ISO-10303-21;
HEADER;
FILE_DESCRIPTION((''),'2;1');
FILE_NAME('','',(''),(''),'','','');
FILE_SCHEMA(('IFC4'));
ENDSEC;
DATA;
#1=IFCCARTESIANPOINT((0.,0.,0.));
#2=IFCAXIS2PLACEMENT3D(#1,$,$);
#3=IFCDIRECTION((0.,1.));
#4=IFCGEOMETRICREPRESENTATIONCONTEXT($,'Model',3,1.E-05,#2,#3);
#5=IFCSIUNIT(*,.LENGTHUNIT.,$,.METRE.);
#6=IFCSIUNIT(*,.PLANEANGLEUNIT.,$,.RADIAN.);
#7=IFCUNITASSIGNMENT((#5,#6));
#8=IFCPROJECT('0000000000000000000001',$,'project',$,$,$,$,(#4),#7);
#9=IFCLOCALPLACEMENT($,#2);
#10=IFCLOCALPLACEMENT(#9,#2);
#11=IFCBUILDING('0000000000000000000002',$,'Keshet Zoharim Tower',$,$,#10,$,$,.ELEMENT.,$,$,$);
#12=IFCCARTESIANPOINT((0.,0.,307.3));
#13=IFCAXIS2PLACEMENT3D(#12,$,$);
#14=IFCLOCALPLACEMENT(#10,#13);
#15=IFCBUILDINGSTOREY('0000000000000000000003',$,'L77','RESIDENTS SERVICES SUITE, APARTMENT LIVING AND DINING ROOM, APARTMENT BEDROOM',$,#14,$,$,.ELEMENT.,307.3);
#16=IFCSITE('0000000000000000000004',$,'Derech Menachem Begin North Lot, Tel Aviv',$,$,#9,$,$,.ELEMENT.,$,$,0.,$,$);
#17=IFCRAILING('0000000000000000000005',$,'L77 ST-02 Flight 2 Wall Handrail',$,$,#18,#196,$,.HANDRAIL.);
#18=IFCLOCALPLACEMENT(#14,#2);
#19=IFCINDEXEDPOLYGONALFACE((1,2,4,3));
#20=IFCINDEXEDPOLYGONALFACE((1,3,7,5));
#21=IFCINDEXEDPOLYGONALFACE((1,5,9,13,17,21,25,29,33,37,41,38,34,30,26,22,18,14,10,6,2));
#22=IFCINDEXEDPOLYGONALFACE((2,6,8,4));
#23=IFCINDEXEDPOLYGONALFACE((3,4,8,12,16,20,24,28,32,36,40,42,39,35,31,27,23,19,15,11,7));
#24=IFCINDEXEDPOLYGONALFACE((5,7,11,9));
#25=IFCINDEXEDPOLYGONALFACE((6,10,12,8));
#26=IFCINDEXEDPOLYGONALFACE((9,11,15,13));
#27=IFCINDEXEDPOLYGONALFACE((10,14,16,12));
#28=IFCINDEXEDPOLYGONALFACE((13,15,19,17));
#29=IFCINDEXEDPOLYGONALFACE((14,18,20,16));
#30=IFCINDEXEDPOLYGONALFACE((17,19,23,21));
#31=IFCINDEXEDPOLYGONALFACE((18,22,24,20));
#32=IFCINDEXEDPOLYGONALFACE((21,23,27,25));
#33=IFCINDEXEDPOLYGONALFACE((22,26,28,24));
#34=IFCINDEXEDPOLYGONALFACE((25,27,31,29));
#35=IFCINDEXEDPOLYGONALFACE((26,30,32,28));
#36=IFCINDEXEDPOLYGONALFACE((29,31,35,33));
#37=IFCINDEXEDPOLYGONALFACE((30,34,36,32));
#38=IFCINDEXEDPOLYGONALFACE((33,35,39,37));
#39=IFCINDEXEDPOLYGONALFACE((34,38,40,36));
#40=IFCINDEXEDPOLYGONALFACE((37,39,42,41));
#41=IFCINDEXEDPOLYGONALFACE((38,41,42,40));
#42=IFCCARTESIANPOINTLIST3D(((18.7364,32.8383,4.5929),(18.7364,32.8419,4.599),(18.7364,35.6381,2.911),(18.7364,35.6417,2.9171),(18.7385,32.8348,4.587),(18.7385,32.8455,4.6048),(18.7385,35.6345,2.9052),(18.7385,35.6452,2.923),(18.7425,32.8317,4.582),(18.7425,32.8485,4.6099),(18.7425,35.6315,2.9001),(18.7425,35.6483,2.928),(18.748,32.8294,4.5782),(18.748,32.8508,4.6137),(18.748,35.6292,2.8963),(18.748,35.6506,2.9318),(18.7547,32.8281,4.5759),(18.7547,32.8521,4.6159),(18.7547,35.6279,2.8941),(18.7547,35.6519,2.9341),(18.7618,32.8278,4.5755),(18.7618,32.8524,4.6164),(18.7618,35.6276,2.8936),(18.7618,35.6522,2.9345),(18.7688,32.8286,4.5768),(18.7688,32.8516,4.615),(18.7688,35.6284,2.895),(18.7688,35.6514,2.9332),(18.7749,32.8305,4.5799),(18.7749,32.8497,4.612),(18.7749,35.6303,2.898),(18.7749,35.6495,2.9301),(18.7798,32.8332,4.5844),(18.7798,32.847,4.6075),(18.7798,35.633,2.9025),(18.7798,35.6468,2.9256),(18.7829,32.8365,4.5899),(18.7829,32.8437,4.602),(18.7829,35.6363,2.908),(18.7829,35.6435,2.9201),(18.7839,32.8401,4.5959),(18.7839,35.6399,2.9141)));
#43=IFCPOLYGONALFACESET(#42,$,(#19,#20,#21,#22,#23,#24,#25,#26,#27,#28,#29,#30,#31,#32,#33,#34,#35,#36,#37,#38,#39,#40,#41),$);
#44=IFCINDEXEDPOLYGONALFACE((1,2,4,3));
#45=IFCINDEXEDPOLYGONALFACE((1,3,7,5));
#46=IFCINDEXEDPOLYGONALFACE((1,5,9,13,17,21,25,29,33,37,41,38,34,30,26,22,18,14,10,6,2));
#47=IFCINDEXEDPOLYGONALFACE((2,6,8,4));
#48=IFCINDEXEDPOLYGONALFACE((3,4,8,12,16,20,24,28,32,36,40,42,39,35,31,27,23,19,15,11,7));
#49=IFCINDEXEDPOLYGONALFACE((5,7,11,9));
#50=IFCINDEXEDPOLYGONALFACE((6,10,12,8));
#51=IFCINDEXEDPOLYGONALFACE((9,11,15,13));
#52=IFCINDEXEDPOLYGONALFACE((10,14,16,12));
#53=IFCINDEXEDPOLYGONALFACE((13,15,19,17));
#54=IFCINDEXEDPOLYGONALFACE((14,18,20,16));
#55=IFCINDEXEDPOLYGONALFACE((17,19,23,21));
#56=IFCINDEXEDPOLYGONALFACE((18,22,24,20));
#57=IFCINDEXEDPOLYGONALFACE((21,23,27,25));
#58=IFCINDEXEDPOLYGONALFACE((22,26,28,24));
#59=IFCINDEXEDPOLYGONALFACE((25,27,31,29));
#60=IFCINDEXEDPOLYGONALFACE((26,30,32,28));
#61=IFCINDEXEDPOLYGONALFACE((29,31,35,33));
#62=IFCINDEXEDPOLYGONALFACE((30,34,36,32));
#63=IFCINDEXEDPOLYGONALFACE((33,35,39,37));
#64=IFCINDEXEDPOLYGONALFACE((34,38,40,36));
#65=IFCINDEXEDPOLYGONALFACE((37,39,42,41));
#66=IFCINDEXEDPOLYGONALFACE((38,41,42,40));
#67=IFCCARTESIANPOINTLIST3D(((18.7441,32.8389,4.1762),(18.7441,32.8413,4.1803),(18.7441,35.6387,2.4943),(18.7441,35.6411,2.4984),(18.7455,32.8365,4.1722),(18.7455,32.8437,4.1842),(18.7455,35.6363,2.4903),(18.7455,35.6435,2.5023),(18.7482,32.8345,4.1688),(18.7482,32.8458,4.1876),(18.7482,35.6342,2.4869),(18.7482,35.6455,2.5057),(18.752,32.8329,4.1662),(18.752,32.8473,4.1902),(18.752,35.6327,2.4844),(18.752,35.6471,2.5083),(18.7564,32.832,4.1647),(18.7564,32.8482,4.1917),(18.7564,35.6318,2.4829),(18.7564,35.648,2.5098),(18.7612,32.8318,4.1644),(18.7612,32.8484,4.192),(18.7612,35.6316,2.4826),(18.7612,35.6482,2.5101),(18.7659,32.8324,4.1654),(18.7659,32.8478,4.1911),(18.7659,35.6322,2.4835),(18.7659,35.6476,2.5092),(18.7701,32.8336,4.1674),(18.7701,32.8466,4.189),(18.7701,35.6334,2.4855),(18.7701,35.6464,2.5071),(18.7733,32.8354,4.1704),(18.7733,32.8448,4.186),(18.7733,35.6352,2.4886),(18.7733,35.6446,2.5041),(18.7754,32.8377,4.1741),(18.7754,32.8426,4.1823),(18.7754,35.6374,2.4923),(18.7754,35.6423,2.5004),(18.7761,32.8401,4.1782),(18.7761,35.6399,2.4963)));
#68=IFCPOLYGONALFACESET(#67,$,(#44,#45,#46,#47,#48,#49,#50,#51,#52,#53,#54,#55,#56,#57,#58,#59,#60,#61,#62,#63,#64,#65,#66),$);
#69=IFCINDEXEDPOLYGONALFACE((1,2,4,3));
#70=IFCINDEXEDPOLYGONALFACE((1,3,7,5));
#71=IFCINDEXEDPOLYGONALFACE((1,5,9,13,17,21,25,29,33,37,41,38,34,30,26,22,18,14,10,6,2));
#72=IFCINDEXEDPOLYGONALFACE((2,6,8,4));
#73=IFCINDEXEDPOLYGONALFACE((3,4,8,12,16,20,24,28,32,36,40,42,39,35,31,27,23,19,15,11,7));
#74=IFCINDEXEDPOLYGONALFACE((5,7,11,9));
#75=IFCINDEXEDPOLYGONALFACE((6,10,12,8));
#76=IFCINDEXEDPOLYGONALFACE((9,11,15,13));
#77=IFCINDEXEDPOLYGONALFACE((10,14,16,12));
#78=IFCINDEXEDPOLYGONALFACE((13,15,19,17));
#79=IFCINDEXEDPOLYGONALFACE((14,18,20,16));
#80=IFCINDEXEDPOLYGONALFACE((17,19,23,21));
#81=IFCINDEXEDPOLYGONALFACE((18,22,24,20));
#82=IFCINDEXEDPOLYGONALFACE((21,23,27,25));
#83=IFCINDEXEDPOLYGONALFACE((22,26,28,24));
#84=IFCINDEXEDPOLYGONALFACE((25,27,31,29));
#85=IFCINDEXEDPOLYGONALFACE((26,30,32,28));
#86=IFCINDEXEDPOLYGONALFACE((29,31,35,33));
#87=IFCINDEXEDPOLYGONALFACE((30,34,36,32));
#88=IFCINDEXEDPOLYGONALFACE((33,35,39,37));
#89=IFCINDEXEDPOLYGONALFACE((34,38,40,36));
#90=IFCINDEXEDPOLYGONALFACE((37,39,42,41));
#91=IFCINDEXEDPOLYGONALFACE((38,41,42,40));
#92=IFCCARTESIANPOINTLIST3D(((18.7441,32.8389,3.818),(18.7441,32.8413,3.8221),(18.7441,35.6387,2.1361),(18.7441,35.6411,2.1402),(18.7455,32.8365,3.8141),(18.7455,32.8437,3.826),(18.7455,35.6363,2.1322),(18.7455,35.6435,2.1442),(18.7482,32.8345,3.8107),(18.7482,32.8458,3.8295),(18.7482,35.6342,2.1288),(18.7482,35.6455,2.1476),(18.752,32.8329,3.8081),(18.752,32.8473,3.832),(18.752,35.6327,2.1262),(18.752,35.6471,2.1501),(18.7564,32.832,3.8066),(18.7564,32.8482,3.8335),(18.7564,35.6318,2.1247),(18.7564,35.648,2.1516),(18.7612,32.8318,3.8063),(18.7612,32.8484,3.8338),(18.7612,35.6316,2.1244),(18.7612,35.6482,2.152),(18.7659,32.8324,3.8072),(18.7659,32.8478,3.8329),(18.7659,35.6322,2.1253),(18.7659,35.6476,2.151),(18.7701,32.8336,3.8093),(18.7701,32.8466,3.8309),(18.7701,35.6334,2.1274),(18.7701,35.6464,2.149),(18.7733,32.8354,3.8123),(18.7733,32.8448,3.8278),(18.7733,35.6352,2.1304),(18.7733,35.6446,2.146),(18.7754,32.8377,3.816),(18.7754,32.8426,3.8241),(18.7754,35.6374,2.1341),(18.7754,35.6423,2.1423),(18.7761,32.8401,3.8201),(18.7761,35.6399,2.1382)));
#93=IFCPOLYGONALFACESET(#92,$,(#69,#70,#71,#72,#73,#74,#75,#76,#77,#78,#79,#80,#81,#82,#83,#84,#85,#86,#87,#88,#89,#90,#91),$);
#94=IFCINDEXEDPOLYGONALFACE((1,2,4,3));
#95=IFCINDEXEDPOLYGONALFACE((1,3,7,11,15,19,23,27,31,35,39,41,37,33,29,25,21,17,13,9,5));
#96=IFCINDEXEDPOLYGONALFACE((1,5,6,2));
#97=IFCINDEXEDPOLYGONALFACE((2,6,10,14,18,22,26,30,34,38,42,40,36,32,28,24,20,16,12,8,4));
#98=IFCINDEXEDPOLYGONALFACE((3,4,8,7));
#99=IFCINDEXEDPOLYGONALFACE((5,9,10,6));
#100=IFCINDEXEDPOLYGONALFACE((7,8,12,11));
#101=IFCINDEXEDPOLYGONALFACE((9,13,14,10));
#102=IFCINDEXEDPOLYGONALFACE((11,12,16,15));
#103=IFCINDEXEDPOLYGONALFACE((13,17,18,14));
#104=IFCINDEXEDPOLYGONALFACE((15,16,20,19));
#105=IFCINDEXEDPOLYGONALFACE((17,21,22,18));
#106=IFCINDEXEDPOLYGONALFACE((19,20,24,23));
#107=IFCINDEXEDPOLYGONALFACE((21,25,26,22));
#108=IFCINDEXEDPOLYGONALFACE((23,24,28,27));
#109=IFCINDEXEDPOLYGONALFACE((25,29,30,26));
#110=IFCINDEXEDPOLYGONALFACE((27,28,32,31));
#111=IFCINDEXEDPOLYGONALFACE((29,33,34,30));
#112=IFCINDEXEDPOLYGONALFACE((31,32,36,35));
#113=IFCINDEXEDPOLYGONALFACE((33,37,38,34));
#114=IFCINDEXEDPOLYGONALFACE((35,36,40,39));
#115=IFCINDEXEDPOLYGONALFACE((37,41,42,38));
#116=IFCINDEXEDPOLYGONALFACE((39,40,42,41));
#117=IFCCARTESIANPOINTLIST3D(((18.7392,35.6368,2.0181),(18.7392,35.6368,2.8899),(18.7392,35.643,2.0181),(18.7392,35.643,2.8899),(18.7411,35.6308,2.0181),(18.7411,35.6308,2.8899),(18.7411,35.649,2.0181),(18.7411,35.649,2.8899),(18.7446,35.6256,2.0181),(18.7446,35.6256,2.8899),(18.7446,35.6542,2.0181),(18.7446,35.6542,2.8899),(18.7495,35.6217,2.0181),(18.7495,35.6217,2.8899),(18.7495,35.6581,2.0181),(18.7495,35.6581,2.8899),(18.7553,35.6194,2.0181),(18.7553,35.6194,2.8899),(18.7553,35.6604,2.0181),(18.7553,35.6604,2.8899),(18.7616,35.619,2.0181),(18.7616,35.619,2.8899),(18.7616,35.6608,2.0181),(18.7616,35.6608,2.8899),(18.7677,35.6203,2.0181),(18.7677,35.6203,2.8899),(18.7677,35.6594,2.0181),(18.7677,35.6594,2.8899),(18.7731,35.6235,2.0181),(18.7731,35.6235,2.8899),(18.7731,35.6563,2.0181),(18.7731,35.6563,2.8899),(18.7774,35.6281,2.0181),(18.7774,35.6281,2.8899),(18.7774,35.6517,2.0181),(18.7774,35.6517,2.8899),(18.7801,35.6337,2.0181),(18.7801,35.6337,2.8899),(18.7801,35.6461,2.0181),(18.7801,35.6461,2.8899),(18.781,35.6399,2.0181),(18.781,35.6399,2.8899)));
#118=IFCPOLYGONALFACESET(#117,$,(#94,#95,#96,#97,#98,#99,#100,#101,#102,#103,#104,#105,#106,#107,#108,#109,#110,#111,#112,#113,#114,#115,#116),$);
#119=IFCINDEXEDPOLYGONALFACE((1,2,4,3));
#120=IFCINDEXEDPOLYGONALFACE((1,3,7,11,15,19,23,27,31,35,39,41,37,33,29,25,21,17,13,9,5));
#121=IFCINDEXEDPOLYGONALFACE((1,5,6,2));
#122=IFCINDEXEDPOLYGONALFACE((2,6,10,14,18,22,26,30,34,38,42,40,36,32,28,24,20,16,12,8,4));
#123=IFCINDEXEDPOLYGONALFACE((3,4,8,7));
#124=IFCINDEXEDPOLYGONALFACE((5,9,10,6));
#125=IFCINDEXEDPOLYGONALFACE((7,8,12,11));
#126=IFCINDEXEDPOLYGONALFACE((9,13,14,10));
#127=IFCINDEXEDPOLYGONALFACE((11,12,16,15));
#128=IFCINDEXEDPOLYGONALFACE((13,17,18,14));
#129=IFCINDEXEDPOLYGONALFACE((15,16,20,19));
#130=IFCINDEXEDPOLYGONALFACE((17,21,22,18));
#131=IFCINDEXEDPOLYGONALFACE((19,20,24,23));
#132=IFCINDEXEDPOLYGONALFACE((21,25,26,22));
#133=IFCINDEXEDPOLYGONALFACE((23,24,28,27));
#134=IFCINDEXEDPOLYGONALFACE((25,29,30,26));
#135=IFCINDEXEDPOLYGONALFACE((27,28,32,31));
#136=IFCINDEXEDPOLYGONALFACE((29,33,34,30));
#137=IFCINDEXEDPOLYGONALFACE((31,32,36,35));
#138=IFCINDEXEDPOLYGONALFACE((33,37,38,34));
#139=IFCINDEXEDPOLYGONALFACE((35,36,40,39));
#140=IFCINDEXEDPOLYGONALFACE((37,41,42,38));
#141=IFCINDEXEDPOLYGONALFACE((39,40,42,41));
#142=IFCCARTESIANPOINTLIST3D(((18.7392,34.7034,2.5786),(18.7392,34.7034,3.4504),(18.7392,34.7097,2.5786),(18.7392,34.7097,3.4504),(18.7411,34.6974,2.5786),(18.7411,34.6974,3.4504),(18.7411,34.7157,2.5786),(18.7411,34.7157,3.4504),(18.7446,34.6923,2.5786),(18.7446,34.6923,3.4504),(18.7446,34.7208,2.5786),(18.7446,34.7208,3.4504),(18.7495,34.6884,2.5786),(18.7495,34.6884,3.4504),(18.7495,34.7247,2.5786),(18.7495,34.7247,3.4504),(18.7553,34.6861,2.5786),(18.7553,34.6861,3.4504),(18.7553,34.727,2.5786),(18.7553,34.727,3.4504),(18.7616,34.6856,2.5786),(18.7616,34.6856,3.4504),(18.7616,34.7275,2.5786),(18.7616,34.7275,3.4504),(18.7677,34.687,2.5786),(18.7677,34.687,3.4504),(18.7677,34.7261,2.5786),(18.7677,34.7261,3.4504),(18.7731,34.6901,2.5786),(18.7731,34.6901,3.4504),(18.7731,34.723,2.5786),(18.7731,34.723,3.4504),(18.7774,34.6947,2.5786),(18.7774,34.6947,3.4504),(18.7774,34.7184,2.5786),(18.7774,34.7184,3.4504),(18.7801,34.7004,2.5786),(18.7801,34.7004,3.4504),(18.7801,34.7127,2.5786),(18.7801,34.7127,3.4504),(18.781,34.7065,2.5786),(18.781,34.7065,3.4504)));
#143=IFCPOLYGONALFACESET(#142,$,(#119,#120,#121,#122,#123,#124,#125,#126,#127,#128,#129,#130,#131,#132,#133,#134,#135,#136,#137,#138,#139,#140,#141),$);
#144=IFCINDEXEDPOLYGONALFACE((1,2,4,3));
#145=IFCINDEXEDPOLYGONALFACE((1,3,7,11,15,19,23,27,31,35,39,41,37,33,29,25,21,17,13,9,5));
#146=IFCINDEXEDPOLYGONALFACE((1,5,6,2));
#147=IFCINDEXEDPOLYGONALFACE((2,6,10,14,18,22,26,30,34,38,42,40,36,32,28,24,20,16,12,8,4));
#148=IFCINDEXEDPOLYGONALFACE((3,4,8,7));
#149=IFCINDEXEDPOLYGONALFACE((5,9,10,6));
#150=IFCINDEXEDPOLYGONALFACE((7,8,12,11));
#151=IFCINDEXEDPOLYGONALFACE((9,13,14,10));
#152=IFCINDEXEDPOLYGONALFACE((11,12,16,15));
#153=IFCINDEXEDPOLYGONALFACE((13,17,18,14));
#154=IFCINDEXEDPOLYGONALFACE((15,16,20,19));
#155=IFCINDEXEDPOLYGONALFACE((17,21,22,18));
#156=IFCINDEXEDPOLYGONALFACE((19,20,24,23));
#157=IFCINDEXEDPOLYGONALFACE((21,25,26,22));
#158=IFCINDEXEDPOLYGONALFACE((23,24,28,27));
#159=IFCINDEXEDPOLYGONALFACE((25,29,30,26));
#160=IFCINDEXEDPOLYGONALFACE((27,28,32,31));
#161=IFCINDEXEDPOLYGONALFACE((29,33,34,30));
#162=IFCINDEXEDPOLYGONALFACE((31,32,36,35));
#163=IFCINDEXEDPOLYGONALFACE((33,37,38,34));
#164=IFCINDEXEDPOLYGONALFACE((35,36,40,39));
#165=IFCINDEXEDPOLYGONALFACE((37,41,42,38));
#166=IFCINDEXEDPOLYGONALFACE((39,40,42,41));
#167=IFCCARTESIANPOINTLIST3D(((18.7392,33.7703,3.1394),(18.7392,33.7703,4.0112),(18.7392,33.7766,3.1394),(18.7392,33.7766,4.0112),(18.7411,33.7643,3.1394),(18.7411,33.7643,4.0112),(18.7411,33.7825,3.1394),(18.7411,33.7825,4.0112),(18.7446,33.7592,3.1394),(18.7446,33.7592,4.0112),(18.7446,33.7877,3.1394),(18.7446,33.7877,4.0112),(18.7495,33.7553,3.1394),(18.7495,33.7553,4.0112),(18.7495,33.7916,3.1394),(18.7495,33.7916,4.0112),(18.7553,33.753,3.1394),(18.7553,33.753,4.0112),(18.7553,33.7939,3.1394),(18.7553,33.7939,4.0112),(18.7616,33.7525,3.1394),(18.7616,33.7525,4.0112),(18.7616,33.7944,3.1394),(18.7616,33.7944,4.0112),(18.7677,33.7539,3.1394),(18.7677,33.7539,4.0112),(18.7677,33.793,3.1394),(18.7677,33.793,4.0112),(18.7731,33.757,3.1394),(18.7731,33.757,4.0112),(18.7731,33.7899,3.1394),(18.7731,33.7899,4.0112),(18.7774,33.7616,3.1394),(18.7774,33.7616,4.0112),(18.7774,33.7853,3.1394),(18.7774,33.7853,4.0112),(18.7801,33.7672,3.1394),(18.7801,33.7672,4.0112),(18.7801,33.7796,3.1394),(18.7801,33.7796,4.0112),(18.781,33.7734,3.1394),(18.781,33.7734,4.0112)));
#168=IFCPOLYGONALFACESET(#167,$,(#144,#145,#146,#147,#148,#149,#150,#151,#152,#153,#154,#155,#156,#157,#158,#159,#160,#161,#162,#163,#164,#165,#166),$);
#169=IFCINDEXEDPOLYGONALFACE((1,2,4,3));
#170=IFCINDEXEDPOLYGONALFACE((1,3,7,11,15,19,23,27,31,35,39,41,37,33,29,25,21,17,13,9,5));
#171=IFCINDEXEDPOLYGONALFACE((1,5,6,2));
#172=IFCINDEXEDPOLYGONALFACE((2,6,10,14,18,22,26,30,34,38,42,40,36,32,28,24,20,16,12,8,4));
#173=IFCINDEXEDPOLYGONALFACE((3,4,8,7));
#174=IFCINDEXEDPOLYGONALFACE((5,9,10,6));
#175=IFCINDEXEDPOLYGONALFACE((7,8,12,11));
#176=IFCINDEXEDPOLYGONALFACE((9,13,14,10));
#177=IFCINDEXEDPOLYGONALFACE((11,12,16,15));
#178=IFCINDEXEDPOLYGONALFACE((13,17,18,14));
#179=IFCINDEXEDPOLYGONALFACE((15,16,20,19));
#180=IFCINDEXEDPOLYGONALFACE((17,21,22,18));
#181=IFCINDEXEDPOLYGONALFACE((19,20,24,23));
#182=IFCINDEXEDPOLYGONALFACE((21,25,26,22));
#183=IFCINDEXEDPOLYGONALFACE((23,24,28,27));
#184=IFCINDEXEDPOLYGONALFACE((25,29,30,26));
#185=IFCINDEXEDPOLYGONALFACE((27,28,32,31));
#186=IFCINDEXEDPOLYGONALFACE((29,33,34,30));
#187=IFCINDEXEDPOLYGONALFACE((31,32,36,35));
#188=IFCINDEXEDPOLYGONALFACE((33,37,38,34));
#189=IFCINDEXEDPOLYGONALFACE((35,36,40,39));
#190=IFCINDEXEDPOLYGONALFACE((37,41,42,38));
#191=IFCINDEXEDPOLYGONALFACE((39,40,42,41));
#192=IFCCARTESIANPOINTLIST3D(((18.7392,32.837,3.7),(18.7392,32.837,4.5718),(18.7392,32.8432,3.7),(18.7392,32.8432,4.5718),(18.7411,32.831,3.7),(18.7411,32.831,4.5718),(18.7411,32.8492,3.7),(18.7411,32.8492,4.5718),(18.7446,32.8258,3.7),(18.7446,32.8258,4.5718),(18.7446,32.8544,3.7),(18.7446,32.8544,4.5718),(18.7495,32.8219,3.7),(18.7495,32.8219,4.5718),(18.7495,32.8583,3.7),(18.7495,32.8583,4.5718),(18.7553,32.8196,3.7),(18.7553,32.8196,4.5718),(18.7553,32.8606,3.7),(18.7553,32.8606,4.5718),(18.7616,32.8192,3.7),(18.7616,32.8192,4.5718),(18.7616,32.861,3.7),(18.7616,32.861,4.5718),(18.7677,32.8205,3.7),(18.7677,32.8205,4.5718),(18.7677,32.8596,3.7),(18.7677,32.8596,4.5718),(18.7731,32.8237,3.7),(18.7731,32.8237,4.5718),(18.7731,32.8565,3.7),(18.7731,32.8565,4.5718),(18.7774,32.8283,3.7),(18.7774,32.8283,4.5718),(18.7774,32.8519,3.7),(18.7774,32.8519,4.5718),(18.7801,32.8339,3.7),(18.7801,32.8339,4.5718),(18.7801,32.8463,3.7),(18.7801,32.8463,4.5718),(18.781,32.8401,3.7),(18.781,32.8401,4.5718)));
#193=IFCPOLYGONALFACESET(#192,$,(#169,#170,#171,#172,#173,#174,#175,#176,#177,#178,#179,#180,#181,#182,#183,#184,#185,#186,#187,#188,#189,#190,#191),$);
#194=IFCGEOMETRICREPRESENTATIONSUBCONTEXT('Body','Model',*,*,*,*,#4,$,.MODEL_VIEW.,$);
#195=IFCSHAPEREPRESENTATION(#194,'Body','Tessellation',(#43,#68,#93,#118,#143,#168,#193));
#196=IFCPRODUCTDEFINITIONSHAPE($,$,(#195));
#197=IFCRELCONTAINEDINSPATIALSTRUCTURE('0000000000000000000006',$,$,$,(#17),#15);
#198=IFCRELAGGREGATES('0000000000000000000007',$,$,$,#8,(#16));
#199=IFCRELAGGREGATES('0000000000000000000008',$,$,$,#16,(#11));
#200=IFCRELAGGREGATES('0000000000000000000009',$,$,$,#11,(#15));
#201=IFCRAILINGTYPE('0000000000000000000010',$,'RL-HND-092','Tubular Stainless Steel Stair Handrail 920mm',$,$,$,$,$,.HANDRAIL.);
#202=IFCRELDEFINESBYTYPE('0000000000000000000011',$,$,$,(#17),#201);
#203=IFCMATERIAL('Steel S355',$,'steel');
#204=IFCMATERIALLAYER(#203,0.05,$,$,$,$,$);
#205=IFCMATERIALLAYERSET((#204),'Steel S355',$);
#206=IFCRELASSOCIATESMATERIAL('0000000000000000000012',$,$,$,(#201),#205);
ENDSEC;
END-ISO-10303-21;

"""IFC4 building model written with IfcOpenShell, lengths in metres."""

from ifc_helpers import new_model, si_unit, direction, frame, origin, origin_2d, place, context, subcontext, project, spatial, circle, extrude, material, layer, layer_set, type_object, element, save


model = new_model("IFC4")

# Units and contexts
model_context = context("Model", 3, precision=1e-05, world=origin(), true_north=direction((0.0, 1.0)))
body_context = subcontext(model_context, "Body", "Model", "MODEL_VIEW")
ifc_project = project(units=[si_unit("LENGTHUNIT", "METRE"), si_unit("PLANEANGLEUNIT", "RADIAN")], contexts=[model_context])

# Site, building, storey
site_placement = place(None, origin())
site = spatial("IfcSite", under=ifc_project, at=site_placement, Name="Derech Menachem Begin North Lot, Tel Aviv", CompositionType="ELEMENT", RefElevation=0.0)
building_placement = place(site_placement, origin())
building = spatial("IfcBuilding", under=site, at=building_placement, Name="Keshet Zoharim Tower", CompositionType="ELEMENT")
storey_placement = place(building_placement, frame((0.0, 0.0, 307.3)))
storey = spatial("IfcBuildingStorey", under=building, at=storey_placement, Name="L77", Description="RESIDENTS SERVICES SUITE, APARTMENT LIVING AND DINING ROOM, APARTMENT BEDROOM", CompositionType="ELEMENT", Elevation=307.3)

# Shared definitions
ifc_material_1 = material(Name="Steel S355", Category="steel")

# Railing
ifc_layer_1 = layer(ifc_material_1, 0.05)
ifc_layer_set_1 = layer_set([ifc_layer_1], Name="Steel S355")
railing_type_1 = type_object("IfcRailingType", Name="RL-HND-092", Description="Tubular Stainless Steel Stair Handrail 920mm", PredefinedType="HANDRAIL", material=ifc_layer_set_1)
railing_1_placement = place(storey_placement, frame((18.76, 35.6399, 2.0181)))
element("IfcRailing", 1, at=railing_1_placement, inside=storey, type_object=railing_type_1, Name="L77 ST-02 Flight 2 Wall Handrail", PredefinedType="HANDRAIL", context=body_context, shape_type="SweptSolid", body=[
    extrude(circle(Radius=0.0239, at=origin_2d()), frame((0.0, 0.0, 0.896), z_axis=(0.0, -0.857222, 0.514946), x_axis=(1.0, 0.0, 0.0)), (0.0, 0.0, 1.0), 3.2661),
    extrude(circle(Radius=0.0161, at=origin_2d()), frame((0.0, 0.0, 0.4783), z_axis=(0.0, -0.857222, 0.514946), x_axis=(1.0, 0.0, 0.0)), (0.0, 0.0, 1.0), 3.2661),
    extrude(circle(Radius=0.0161, at=origin_2d()), frame((0.0, 0.0, 0.1201), z_axis=(0.0, -0.857222, 0.514946), x_axis=(1.0, 0.0, 0.0)), (0.0, 0.0, 1.0), 3.2661),
    extrude(circle(Radius=0.021, at=origin_2d()), origin(), (0.0, 0.0, 1.0), 0.8718),
    extrude(circle(Radius=0.021, at=origin_2d()), frame((0.0, -0.9333, 0.5605)), (0.0, 0.0, 1.0), 0.8718),
    extrude(circle(Radius=0.021, at=origin_2d()), frame((0.0, -1.8665, 1.1213)), (0.0, 0.0, 1.0), 0.8718),
    extrude(circle(Radius=0.021, at=origin_2d()), frame((0.0, -2.7998, 1.6819)), (0.0, 0.0, 1.0), 0.8718),
])

save(model, "model.ifc")
